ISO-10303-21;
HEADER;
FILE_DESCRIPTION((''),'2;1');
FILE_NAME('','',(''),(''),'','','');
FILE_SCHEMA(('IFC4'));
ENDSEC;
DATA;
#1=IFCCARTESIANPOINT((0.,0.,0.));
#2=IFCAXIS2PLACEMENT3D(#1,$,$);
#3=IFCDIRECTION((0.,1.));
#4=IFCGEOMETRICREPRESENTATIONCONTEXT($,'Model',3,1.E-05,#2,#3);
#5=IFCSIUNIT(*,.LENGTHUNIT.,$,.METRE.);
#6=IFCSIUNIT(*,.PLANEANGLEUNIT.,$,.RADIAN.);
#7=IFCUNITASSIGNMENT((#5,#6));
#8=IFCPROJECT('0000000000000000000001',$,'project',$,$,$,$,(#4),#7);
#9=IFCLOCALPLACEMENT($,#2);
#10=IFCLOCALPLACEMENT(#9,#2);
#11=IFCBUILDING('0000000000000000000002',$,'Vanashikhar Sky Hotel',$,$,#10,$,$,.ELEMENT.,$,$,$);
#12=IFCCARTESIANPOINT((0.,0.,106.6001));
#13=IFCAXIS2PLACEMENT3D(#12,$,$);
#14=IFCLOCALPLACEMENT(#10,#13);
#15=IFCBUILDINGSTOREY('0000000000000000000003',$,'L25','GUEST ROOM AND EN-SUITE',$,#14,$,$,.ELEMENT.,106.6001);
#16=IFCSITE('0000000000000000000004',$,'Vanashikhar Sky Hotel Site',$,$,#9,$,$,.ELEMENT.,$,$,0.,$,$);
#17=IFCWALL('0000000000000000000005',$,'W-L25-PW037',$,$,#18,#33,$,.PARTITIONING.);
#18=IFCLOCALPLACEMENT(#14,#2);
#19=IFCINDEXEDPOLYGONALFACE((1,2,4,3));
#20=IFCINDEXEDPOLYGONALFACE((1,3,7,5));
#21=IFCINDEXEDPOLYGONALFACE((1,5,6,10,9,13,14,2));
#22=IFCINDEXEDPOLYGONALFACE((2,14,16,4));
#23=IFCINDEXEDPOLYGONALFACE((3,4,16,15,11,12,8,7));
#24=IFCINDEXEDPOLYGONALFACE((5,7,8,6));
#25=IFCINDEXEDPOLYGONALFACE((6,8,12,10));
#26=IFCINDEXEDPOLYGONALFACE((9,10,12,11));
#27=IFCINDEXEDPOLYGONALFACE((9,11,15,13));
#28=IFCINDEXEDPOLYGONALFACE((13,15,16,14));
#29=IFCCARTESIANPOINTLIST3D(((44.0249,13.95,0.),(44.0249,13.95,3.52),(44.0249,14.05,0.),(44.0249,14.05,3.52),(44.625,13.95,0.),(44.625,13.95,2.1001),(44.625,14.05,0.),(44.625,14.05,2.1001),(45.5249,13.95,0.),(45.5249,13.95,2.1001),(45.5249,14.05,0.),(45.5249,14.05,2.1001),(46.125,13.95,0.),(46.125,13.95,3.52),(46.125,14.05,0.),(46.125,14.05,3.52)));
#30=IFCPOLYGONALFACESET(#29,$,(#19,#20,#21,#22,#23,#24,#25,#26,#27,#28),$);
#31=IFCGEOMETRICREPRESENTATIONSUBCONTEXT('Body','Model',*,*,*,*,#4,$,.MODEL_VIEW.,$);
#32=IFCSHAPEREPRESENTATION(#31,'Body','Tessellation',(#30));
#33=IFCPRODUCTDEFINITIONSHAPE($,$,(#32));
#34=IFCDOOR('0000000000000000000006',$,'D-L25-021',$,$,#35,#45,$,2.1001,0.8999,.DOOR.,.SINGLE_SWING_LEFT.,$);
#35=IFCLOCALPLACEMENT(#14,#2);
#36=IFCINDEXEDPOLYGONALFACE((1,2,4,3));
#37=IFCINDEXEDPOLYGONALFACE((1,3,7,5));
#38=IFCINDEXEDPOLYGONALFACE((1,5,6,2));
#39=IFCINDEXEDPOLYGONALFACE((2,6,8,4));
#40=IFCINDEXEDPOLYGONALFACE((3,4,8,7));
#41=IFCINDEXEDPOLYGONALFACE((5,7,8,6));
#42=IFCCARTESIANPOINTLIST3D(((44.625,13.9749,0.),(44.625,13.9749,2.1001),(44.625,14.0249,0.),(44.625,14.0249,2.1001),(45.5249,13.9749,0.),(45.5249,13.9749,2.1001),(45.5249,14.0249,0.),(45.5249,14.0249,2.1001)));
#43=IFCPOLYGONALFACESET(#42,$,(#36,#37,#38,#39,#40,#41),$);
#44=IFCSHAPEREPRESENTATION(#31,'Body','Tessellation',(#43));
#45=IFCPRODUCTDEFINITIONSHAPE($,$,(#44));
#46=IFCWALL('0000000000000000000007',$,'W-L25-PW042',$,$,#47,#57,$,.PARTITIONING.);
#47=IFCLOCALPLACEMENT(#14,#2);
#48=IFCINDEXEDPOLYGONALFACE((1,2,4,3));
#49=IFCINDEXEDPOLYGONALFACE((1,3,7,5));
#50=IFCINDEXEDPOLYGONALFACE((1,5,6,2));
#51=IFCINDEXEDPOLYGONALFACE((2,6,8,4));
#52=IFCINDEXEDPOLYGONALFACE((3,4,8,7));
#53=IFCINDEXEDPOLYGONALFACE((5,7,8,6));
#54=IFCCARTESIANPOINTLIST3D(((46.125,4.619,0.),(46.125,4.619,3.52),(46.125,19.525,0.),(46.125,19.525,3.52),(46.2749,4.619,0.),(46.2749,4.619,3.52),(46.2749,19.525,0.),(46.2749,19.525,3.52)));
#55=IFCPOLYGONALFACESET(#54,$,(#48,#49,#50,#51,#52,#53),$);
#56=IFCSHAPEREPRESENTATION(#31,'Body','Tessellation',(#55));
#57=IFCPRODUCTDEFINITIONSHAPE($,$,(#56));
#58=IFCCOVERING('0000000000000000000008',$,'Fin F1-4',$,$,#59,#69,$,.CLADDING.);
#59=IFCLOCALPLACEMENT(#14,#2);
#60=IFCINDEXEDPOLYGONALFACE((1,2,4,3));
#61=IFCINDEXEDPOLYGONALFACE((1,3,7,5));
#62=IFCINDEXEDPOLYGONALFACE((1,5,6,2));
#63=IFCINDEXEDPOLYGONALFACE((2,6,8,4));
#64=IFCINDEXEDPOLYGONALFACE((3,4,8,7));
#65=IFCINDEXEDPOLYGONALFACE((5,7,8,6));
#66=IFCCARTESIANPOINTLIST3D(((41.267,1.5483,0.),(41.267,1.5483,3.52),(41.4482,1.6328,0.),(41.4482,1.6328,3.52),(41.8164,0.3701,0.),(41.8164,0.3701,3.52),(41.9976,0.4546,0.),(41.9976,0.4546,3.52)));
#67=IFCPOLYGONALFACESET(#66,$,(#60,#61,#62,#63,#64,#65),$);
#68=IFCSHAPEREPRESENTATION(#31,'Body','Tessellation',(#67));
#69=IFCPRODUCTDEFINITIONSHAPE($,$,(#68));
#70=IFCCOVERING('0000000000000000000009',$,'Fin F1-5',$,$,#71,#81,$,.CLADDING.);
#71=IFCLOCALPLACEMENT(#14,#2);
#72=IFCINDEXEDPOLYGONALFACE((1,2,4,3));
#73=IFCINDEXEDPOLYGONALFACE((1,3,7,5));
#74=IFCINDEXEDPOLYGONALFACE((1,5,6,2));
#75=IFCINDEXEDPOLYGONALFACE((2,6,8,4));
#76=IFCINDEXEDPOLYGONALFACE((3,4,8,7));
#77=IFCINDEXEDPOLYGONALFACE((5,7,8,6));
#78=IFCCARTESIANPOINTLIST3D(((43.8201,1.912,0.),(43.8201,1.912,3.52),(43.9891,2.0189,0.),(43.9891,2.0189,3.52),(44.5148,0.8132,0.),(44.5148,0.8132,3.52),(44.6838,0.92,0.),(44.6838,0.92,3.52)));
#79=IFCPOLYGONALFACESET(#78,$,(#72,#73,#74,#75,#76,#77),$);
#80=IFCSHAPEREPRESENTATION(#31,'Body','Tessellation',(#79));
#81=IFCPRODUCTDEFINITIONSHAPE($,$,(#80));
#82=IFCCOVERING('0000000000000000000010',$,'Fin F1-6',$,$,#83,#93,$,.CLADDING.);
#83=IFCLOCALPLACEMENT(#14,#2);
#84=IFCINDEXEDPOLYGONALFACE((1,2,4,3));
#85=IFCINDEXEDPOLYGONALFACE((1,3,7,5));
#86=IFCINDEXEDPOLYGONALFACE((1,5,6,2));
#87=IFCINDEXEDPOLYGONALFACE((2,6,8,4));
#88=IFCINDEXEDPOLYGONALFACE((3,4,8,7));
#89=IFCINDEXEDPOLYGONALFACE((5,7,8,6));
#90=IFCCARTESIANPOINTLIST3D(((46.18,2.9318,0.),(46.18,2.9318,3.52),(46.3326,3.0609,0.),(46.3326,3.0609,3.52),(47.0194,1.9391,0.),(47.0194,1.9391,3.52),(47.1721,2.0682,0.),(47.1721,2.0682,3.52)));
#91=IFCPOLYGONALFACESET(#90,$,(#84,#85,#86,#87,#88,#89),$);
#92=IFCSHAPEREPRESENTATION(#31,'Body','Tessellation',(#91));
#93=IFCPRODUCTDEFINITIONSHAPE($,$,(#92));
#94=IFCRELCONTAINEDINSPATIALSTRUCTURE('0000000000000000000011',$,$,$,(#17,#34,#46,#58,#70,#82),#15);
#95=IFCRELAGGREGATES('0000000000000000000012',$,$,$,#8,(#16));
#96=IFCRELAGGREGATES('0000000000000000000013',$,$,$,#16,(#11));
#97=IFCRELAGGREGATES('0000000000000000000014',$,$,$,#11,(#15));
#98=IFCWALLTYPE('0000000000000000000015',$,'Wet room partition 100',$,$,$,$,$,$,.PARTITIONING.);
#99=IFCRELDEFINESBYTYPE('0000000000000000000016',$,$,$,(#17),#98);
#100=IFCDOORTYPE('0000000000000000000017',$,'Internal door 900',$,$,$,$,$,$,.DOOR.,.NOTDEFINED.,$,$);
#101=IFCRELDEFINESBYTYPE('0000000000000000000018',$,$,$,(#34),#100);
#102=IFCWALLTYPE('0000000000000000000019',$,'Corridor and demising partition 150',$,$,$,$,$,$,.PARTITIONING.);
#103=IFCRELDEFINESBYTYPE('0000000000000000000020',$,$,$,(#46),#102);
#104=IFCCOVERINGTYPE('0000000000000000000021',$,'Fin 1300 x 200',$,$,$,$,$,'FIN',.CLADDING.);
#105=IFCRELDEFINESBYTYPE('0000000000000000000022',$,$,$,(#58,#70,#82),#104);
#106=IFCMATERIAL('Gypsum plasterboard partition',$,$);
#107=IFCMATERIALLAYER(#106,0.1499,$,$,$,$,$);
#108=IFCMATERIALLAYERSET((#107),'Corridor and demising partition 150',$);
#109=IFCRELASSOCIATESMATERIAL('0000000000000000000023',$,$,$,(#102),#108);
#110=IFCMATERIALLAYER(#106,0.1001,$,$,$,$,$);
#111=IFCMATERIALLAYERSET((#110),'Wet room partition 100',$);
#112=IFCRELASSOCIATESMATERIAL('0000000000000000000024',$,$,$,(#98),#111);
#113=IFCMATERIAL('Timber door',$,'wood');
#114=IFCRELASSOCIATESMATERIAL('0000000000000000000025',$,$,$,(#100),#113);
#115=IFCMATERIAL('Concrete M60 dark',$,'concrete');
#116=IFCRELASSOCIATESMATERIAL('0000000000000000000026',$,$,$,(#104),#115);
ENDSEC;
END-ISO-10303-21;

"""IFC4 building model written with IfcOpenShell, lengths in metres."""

from ifc_helpers import new_model, si_unit, direction, frame, frame_2d, origin, origin_2d, place, context, subcontext, project, spatial, rectangle, extrude, source, transform, mapped, material, layer, layer_set, material_profile, profile_set, type_object, element, fill, save


model = new_model("IFC4")

# Units and contexts
model_context = context("Model", 3, precision=1e-05, world=origin(), true_north=direction((0.0, 1.0)))
body_context = subcontext(model_context, "Body", "Model", "MODEL_VIEW")
ifc_project = project(units=[si_unit("LENGTHUNIT", "METRE"), si_unit("PLANEANGLEUNIT", "RADIAN")], contexts=[model_context])

# Site, building, storey
site_placement = place(None, origin())
site = spatial("IfcSite", under=ifc_project, at=site_placement, Name="Vanashikhar Sky Hotel Site", CompositionType="ELEMENT", RefElevation=0.0)
building_placement = place(site_placement, origin())
building = spatial("IfcBuilding", under=site, at=building_placement, Name="Vanashikhar Sky Hotel", CompositionType="ELEMENT")
storey_placement = place(building_placement, frame((0.0, 0.0, 106.6001)))
storey = spatial("IfcBuildingStorey", under=building, at=storey_placement, Name="L25", Description="GUEST ROOM AND EN-SUITE", CompositionType="ELEMENT", Elevation=106.6001)

# Shared definitions
ifc_material_1 = material(Name="Gypsum plasterboard partition")
ifc_layer_1 = layer(ifc_material_1, 0.1499)
ifc_layer_set_1 = layer_set([ifc_layer_1], Name="Corridor and demising partition 150")
wall_type_1 = type_object("IfcWallType", Name="Corridor and demising partition 150", PredefinedType="PARTITIONING", material=ifc_layer_set_1)

# Wall, opening, door
ifc_layer_2 = layer(ifc_material_1, 0.1001)
ifc_layer_set_2 = layer_set([ifc_layer_2], Name="Wet room partition 100")
wall_type_2 = type_object("IfcWallType", Name="Wet room partition 100", PredefinedType="PARTITIONING", material=ifc_layer_set_2)
shared_shape_1 = source(origin(), body_context, "Body", "SweptSolid", [
    extrude(rectangle(XDim=2.1001, YDim=0.1001, at=frame_2d((1.05, 0.0))), origin(), (0.0, 0.0, 1.0), 3.52),
])
wall_1_placement = place(storey_placement, frame((44.0249, 14.0, 0.0), z_axis=(0.0, 0.0, 1.0), x_axis=(1.0, 0.0, 0.0)))
wall_1 = element("IfcWall", 1, at=wall_1_placement, inside=storey, type_object=wall_type_2, Name="W-L25-PW037", PredefinedType="PARTITIONING", context=body_context, shape_type="MappedRepresentation", body=[
    mapped(shared_shape_1, transform((0.0, 0.0, 0.0), scale=1.0)),
])
shared_shape_2 = source(origin(), body_context, "Body", "SweptSolid", [
    extrude(rectangle(XDim=0.8999, YDim=2.1001, at=frame_2d((0.45, 1.05))), frame((0.0, 0.0601, 0.0), z_axis=(0.0, -1.0, 0.0), x_axis=(1.0, 0.0, 0.0)), (0.0, 0.0, 1.0), 0.1201),
])
opening_1_placement = place(wall_1_placement, frame((0.6001, 0.0, 0.0)))
opening_1 = element("IfcOpeningElement", 2, at=opening_1_placement, cuts=wall_1, PredefinedType="OPENING", context=body_context, shape_type="MappedRepresentation", body=[
    mapped(shared_shape_2, transform((0.0, 0.0, 0.0), scale=1.0)),
])
ifc_material_2 = material(Name="Timber door", Category="wood")
door_type = type_object("IfcDoorType", Name="Internal door 900", OperationType="NOTDEFINED", PredefinedType="DOOR", material=ifc_material_2)
shared_shape_3 = source(origin(), body_context, "Body", "SweptSolid", [
    extrude(rectangle(XDim=0.8999, YDim=2.1001, at=frame_2d((0.45, 1.05))), frame((0.0, 0.0249, 0.0), z_axis=(0.0, -1.0, 0.0), x_axis=(1.0, 0.0, 0.0)), (0.0, 0.0, 1.0), 0.05),
])
door_placement = place(opening_1_placement, origin())
door = element("IfcDoor", 3, at=door_placement, inside=storey, type_object=door_type, Name="D-L25-021", OperationType="SINGLE_SWING_LEFT", OverallHeight=2.1001, OverallWidth=0.8999, PredefinedType="DOOR", context=body_context, shape_type="MappedRepresentation", body=[
    mapped(shared_shape_3, transform((0.0, 0.0, 0.0), scale=1.0)),
])
fill(opening_1, door)

# Wall
shared_shape_4 = source(origin(), body_context, "Body", "SweptSolid", [
    extrude(rectangle(XDim=14.906, YDim=0.1499, at=frame_2d((7.4531, 0.0))), origin(), (0.0, 0.0, 1.0), 3.52),
])
wall_2_placement = place(storey_placement, frame((46.2, 4.6189, 0.0), z_axis=(0.0, 0.0, 1.0), x_axis=(0.0, 1.0, 0.0)))
element("IfcWall", 4, at=wall_2_placement, inside=storey, type_object=wall_type_1, Name="W-L25-PW042", PredefinedType="PARTITIONING", context=body_context, shape_type="MappedRepresentation", body=[
    mapped(shared_shape_4, transform((0.0, 0.0, 0.0), scale=1.0)),
])

# Coverings
ifc_material_3 = material(Name="Concrete M60 dark", Category="concrete")
ifc_material_profile = material_profile(ifc_material_3, rectangle(XDim=1.3, YDim=0.2, at=origin_2d()))
ifc_profile_set = profile_set([ifc_material_profile], Name="Fin 1300 x 200")
covering_type = type_object("IfcCoveringType", Name="Fin 1300 x 200", ElementType="FIN", PredefinedType="CLADDING", material=ifc_profile_set)
shared_shape_5 = source(origin(), body_context, "Body", "SweptSolid", [
    extrude(rectangle(XDim=1.3, YDim=0.2, at=origin_2d()), origin(), (0.0, 0.0, 1.0), 3.52),
])
for number, where, z_axis, x_axis, name in (
    (5, (41.6323, 1.0015, 0.0), (0.0, 0.0, 1.0), (0.422618, -0.906308, 0.0), "Fin F1-4"),
    (6, (44.252, 1.416, 0.0), (0.0, 0.0, 1.0), (0.534411, -0.845225, 0.0), "Fin F1-5"),
    (7, (46.676, 2.5, 0.0), (0.0, 0.0, 1.0), (0.645698, -0.763593, 0.0), "Fin F1-6"),
):
    element("IfcCovering", number, at=place(storey_placement, frame(where, z_axis=z_axis, x_axis=x_axis)), inside=storey, type_object=covering_type, Name=name, PredefinedType="CLADDING", context=body_context, shape_type="MappedRepresentation", body=[
        mapped(shared_shape_5, transform((0.0, 0.0, 0.0), scale=1.0)),
    ])

save(model, "model.ifc")
